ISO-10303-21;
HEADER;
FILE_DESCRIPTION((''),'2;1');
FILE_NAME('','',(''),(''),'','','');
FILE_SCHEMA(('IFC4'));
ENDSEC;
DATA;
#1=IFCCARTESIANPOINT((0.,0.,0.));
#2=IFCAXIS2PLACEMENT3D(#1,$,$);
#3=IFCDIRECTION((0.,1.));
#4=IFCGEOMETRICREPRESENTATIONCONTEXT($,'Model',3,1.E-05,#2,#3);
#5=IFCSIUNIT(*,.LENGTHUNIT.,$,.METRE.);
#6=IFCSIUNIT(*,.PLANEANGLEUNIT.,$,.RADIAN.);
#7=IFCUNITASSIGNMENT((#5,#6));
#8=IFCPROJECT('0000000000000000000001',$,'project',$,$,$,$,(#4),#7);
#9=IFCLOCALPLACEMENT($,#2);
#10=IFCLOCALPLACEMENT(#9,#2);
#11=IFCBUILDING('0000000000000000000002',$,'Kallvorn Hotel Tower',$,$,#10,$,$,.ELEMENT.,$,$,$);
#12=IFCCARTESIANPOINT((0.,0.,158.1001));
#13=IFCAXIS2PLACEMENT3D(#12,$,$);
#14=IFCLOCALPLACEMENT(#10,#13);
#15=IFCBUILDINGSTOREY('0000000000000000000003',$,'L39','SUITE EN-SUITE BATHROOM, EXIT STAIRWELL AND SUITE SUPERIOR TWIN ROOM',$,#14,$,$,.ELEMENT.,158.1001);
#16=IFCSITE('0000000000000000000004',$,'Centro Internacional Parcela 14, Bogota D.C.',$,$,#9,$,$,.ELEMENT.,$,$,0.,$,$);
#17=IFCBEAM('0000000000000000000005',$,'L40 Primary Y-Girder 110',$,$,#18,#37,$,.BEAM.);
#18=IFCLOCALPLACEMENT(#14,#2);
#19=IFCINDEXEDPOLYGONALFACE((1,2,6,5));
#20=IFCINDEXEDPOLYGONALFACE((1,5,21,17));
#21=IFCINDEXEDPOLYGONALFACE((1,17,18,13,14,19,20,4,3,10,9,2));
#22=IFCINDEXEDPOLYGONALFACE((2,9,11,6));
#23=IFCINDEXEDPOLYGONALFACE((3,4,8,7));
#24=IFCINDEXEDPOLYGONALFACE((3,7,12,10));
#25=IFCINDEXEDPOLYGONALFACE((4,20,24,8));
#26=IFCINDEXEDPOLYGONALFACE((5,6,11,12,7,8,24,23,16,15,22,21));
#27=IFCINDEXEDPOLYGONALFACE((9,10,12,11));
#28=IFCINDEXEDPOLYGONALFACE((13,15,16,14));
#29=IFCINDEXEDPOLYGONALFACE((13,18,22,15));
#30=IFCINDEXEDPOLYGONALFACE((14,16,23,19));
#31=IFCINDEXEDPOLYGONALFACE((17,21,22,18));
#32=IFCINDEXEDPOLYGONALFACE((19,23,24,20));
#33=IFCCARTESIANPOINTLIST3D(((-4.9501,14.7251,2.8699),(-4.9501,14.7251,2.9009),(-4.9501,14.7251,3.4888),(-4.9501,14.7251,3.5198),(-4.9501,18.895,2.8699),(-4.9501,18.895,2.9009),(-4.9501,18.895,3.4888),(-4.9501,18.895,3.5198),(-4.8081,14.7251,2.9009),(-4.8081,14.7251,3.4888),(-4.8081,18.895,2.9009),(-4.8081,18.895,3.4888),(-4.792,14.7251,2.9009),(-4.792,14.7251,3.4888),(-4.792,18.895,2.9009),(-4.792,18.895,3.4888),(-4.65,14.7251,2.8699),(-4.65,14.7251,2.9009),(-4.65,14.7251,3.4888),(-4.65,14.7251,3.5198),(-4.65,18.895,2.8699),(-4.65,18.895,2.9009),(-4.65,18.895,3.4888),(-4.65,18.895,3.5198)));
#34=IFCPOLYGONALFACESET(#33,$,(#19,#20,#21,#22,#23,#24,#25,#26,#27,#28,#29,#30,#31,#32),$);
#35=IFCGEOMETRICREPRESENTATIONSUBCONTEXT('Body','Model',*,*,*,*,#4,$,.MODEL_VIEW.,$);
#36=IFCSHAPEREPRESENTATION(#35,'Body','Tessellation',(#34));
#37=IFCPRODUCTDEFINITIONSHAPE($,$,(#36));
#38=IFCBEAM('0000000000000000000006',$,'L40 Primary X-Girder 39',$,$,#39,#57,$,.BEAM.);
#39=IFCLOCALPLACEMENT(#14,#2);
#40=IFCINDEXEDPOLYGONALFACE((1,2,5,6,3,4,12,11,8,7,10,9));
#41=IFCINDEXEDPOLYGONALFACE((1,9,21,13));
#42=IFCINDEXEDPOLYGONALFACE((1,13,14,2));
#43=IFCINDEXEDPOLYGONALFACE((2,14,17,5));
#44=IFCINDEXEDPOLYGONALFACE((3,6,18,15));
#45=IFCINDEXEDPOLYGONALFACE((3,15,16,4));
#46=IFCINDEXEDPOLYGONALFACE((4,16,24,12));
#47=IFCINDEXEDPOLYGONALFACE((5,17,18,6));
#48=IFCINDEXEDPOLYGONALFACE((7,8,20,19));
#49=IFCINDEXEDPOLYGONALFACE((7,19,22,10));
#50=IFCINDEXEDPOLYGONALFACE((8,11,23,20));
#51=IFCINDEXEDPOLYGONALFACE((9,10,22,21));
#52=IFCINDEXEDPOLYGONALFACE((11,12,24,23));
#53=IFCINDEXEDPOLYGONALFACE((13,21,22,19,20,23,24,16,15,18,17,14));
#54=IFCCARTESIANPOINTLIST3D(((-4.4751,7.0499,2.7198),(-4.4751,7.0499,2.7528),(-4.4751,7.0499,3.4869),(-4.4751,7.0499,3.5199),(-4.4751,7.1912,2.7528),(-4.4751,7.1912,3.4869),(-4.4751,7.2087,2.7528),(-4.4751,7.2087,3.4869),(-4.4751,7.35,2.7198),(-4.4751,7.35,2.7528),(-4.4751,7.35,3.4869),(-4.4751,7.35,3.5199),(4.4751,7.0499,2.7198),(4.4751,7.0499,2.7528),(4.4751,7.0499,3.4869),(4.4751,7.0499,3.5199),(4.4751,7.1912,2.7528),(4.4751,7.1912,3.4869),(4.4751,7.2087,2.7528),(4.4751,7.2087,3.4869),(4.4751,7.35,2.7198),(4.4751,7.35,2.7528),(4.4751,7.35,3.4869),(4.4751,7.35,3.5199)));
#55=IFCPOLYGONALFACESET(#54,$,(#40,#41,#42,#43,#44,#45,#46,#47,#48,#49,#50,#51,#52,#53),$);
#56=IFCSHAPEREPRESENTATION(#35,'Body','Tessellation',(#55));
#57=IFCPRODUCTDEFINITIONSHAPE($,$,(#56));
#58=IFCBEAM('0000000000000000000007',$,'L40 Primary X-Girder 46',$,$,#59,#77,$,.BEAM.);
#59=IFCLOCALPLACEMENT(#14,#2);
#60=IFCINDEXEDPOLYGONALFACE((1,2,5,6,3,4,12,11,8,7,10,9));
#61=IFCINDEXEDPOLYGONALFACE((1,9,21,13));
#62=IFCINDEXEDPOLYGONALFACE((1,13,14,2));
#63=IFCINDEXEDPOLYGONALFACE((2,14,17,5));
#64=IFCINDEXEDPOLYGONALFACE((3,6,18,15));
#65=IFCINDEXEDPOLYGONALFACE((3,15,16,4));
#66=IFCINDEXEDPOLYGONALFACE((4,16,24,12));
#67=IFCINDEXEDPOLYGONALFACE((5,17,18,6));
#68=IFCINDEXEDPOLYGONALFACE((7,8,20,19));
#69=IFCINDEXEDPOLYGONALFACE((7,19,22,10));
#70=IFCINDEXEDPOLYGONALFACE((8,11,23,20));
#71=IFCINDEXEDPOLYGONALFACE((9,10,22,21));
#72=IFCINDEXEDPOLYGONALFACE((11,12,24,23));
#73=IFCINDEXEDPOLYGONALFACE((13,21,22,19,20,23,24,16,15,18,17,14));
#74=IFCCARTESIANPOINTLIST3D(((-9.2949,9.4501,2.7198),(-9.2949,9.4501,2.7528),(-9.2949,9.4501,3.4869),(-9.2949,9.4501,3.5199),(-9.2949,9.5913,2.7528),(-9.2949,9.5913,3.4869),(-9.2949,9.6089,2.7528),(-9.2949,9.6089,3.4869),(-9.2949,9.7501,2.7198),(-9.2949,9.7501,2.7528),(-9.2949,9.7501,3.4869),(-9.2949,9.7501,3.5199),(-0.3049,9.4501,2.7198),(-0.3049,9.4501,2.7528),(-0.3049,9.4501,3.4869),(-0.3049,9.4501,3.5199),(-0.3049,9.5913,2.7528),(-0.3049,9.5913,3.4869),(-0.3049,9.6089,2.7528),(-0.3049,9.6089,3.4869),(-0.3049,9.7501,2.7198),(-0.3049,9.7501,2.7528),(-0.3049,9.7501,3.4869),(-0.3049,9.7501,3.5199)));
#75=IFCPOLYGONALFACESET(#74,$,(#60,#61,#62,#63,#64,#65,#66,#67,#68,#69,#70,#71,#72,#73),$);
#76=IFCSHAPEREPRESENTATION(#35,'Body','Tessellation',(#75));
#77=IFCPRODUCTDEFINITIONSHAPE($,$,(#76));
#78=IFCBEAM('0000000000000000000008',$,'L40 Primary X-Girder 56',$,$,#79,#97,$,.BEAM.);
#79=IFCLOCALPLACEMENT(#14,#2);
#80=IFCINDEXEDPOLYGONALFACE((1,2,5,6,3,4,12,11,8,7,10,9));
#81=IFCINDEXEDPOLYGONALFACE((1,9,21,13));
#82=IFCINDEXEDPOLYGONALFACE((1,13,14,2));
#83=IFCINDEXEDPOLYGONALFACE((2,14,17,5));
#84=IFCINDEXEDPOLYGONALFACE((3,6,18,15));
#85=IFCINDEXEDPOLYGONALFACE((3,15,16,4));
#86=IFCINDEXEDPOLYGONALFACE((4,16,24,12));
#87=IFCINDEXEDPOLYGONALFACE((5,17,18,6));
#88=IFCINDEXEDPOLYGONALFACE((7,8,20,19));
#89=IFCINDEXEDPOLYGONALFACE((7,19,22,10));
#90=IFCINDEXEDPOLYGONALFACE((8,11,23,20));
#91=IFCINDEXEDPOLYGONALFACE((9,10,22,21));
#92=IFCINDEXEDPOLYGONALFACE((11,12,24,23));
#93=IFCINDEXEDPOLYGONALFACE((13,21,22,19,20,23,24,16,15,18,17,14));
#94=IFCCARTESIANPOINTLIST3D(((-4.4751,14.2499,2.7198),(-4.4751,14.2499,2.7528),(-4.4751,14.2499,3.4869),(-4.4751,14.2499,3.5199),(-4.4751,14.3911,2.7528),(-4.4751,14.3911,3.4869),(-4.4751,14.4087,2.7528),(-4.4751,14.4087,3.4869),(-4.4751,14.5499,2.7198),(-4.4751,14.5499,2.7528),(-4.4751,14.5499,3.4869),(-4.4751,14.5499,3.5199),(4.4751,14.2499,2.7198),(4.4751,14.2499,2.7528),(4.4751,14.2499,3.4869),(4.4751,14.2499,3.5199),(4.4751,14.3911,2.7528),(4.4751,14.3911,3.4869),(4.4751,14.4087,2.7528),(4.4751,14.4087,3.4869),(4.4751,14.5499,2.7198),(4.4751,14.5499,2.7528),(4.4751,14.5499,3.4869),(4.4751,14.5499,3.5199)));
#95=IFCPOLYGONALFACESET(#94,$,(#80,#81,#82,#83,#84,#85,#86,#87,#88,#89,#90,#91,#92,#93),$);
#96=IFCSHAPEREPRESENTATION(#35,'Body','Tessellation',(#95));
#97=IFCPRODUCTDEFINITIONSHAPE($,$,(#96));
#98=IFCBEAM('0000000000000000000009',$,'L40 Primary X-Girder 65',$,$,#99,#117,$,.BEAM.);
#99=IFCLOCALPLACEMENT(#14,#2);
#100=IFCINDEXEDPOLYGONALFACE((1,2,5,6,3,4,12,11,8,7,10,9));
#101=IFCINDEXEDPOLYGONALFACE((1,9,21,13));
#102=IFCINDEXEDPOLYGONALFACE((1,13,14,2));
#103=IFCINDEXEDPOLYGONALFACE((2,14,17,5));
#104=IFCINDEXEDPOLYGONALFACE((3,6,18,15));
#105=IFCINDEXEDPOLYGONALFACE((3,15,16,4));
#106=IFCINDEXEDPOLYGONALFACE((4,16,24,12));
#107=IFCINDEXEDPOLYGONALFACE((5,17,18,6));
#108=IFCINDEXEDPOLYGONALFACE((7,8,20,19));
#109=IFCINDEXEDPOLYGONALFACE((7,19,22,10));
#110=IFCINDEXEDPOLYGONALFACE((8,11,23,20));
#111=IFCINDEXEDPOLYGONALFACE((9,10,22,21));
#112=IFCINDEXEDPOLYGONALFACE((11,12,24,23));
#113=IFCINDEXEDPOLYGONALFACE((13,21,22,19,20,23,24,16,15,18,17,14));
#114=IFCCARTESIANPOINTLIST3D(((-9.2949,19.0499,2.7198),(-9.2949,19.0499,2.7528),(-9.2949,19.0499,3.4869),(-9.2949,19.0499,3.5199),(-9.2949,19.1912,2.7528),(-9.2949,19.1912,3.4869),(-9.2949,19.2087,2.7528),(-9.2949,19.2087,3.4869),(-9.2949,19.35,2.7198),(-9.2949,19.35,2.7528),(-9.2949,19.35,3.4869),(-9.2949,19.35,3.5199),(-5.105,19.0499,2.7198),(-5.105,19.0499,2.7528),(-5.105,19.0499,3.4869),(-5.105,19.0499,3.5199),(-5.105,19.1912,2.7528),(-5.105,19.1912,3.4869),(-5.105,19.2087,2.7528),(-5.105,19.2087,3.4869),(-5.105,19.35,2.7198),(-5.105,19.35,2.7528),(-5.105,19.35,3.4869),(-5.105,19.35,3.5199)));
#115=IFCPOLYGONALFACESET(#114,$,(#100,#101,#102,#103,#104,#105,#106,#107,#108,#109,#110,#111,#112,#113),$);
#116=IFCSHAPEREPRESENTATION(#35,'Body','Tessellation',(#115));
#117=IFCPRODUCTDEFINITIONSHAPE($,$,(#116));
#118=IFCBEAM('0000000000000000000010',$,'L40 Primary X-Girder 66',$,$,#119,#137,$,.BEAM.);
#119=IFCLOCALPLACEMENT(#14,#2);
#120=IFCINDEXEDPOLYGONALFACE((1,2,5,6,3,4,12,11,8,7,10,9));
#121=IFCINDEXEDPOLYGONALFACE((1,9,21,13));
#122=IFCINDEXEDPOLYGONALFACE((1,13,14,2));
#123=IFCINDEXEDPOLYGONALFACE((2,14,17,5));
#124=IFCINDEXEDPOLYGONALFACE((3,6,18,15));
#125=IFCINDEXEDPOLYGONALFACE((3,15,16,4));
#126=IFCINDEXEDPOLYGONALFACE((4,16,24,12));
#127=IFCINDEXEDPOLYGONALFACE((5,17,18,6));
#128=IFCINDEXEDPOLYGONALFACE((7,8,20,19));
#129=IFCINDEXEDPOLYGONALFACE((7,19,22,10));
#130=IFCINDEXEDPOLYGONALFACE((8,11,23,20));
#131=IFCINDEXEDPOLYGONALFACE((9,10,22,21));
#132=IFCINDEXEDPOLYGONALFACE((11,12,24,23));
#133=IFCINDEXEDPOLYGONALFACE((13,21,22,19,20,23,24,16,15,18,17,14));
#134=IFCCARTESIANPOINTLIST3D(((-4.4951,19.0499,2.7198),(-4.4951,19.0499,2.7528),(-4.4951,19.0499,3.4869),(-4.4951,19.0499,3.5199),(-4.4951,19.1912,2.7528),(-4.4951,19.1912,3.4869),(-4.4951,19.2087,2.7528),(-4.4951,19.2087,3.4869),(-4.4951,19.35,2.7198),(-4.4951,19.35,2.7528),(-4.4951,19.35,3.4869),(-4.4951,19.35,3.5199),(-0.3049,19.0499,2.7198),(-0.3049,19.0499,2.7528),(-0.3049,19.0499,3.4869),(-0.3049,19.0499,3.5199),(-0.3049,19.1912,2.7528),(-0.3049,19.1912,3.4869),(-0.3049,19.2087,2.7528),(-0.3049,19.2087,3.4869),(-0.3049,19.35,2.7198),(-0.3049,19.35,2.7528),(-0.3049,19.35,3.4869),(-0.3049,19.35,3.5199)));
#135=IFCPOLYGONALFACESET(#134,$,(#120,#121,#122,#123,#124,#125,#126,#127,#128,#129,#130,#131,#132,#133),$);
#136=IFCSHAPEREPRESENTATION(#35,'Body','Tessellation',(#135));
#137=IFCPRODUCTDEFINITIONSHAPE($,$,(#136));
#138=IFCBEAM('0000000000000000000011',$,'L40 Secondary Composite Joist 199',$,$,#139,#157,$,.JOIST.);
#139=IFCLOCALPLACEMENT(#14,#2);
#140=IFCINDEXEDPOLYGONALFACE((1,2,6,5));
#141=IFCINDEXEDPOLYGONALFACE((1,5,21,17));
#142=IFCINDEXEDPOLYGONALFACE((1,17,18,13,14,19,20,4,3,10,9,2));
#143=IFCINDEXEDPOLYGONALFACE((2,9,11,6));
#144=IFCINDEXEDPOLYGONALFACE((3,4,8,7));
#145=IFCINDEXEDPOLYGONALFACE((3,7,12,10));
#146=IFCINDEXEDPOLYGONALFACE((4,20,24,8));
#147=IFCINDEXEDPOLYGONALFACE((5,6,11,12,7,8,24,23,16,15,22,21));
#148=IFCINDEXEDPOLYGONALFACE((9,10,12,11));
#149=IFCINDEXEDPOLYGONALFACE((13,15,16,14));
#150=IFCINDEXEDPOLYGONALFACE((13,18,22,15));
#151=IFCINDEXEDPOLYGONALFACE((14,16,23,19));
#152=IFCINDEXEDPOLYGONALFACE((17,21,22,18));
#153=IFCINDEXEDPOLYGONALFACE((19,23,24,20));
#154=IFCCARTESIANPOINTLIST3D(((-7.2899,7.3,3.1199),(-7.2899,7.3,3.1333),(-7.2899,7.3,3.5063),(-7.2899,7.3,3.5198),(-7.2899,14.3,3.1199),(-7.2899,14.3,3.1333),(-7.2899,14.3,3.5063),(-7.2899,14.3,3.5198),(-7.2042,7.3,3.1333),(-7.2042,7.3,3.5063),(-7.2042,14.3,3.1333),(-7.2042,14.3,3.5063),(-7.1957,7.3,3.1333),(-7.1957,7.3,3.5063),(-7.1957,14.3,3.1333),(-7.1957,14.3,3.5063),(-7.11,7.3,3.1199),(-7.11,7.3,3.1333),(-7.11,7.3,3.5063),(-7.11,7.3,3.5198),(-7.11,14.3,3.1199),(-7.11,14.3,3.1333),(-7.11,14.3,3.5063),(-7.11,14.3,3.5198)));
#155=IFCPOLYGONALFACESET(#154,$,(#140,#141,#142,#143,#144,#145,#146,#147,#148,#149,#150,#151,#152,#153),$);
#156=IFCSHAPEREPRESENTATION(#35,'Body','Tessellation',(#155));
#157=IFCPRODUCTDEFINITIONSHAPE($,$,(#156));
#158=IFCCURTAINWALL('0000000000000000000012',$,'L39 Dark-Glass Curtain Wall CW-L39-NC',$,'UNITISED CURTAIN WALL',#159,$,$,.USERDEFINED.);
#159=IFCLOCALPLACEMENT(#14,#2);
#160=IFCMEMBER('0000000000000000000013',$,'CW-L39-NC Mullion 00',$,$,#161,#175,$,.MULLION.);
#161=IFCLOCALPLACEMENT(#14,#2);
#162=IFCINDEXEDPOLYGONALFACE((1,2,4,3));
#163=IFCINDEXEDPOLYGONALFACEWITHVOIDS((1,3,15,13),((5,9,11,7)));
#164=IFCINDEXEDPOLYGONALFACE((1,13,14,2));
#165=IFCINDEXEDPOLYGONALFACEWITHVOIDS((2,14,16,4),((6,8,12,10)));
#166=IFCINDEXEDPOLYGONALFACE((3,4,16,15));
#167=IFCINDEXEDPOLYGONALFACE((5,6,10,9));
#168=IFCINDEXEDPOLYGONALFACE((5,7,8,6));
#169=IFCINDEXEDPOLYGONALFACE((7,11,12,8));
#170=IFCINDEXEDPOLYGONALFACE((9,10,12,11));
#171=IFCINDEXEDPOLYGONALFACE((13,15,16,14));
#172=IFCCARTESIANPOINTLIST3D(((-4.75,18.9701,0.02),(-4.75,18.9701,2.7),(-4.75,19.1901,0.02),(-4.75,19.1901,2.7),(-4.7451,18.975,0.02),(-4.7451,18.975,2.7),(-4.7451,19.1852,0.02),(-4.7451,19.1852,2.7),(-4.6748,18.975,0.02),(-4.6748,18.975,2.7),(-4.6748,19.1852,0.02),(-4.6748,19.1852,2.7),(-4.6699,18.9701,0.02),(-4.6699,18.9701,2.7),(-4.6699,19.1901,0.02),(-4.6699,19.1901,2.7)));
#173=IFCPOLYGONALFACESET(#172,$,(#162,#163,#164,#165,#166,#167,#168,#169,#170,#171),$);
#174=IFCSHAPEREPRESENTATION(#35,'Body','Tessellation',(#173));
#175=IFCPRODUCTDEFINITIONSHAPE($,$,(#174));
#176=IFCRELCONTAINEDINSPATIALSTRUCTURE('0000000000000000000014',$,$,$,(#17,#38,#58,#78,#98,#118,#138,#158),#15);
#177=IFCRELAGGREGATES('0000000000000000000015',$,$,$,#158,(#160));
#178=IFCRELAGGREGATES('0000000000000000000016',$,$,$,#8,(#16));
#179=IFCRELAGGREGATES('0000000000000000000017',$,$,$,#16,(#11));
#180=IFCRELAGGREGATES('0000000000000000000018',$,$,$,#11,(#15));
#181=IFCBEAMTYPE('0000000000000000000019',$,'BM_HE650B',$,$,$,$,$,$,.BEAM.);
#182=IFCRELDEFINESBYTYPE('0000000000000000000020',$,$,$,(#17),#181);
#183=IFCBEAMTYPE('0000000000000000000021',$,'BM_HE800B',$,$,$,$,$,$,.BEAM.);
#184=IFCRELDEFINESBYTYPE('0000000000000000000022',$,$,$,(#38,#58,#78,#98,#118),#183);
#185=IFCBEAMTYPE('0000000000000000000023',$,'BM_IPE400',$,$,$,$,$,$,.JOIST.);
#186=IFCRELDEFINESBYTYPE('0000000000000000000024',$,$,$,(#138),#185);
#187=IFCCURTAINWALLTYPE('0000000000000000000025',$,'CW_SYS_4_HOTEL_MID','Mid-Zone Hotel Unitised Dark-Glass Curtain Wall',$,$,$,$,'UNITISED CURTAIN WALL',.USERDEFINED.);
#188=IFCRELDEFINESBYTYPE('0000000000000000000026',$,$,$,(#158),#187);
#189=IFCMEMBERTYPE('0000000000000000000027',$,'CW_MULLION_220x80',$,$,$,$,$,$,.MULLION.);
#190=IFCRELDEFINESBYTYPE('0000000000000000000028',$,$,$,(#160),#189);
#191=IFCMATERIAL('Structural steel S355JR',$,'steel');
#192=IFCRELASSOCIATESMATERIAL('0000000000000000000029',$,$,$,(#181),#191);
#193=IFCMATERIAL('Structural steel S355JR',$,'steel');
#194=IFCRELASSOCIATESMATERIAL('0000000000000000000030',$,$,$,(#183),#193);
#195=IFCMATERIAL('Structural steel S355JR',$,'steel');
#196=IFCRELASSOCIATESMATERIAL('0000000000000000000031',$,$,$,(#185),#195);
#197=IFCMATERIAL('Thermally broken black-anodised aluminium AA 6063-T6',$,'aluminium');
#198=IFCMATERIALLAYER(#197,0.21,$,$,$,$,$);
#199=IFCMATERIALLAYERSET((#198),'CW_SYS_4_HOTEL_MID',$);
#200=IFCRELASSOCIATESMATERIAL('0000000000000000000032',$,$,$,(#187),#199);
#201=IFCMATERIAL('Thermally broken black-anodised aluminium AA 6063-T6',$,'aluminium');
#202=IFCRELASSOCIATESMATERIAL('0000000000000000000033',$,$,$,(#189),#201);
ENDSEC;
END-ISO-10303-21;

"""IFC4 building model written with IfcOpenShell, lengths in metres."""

from ifc_helpers import new_model, si_unit, direction, frame, origin, origin_2d, place, context, subcontext, project, spatial, hollow_rectangle, i_section, extrude, material, layer, layer_set, material_profile, profile_set, type_object, element, aggregate, save


model = new_model("IFC4")

# Units and contexts
model_context = context("Model", 3, precision=1e-05, world=origin(), true_north=direction((0.0, 1.0)))
body_context = subcontext(model_context, "Body", "Model", "MODEL_VIEW")
ifc_project = project(units=[si_unit("LENGTHUNIT", "METRE"), si_unit("PLANEANGLEUNIT", "RADIAN")], contexts=[model_context])

# Site, building, storey
site_placement = place(None, origin())
site = spatial("IfcSite", under=ifc_project, at=site_placement, Name="Centro Internacional Parcela 14, Bogota D.C.", CompositionType="ELEMENT", RefElevation=0.0)
building_placement = place(site_placement, origin())
building = spatial("IfcBuilding", under=site, at=building_placement, Name="Kallvorn Hotel Tower", CompositionType="ELEMENT")
storey_placement = place(building_placement, frame((0.0, 0.0, 158.1001)))
storey = spatial("IfcBuildingStorey", under=building, at=storey_placement, Name="L39", Description="SUITE EN-SUITE BATHROOM, EXIT STAIRWELL AND SUITE SUPERIOR TWIN ROOM", CompositionType="ELEMENT", Elevation=158.1001)

# Beams
ifc_material_1 = material(Name="Structural steel S355JR", Category="steel")
ifc_material_profile_1 = material_profile(ifc_material_1, i_section(OverallWidth=0.3, OverallDepth=0.6499, WebThickness=0.0161, FlangeThickness=0.031, at=origin_2d()), Name="HE 650 B")
ifc_profile_set_1 = profile_set([ifc_material_profile_1], Name="Structural steel S355JR")
beam_type_1 = type_object("IfcBeamType", Name="BM_HE650B", PredefinedType="BEAM", material=ifc_profile_set_1)
beam_1_placement = place(storey_placement, frame((-4.8, 14.7251, 3.1948), z_axis=(0.0, 1.0, 0.0), x_axis=(-1.0, 0.0, 0.0)))
element("IfcBeam", 1, at=beam_1_placement, inside=storey, type_object=beam_type_1, Name="L40 Primary Y-Girder 110", PredefinedType="BEAM", context=body_context, shape_type="SweptSolid", body=[
    extrude(i_section(OverallWidth=0.3, OverallDepth=0.6499, WebThickness=0.0161, FlangeThickness=0.031, at=origin_2d()), origin(), (0.0, 0.0, 1.0), 4.1699),
])
ifc_material_2 = material(Name="Structural steel S355JR", Category="steel")
ifc_material_profile_2 = material_profile(ifc_material_2, i_section(OverallWidth=0.3, OverallDepth=0.8, WebThickness=0.0176, FlangeThickness=0.033, at=origin_2d()), Name="HE 800 B")
ifc_profile_set_2 = profile_set([ifc_material_profile_2], Name="Structural steel S355JR")
beam_type_2 = type_object("IfcBeamType", Name="BM_HE800B", PredefinedType="BEAM", material=ifc_profile_set_2)
beam_2_placement = place(storey_placement, frame((-4.4751, 7.2, 3.1199), z_axis=(1.0, 0.0, 0.0), x_axis=(0.0, 1.0, 0.0)))
element("IfcBeam", 2, at=beam_2_placement, inside=storey, type_object=beam_type_2, Name="L40 Primary X-Girder 39", PredefinedType="BEAM", context=body_context, shape_type="SweptSolid", body=[
    extrude(i_section(OverallWidth=0.3, OverallDepth=0.8, WebThickness=0.0176, FlangeThickness=0.033, at=origin_2d()), origin(), (0.0, 0.0, 1.0), 8.9502),
])
beam_3_placement = place(storey_placement, frame((-9.2949, 9.6001, 3.1199), z_axis=(1.0, 0.0, 0.0), x_axis=(0.0, 1.0, 0.0)))
element("IfcBeam", 3, at=beam_3_placement, inside=storey, type_object=beam_type_2, Name="L40 Primary X-Girder 46", PredefinedType="BEAM", context=body_context, shape_type="SweptSolid", body=[
    extrude(i_section(OverallWidth=0.3, OverallDepth=0.8, WebThickness=0.0176, FlangeThickness=0.033, at=origin_2d()), origin(), (0.0, 0.0, 1.0), 8.99),
])
beam_4_placement = place(storey_placement, frame((-4.4751, 14.3999, 3.1199), z_axis=(1.0, 0.0, 0.0), x_axis=(0.0, 1.0, 0.0)))
element("IfcBeam", 4, at=beam_4_placement, inside=storey, type_object=beam_type_2, Name="L40 Primary X-Girder 56", PredefinedType="BEAM", context=body_context, shape_type="SweptSolid", body=[
    extrude(i_section(OverallWidth=0.3, OverallDepth=0.8, WebThickness=0.0176, FlangeThickness=0.033, at=origin_2d()), origin(), (0.0, 0.0, 1.0), 8.9502),
])
beam_5_placement = place(storey_placement, frame((-9.2949, 19.2, 3.1199), z_axis=(1.0, 0.0, 0.0), x_axis=(0.0, 1.0, 0.0)))
element("IfcBeam", 5, at=beam_5_placement, inside=storey, type_object=beam_type_2, Name="L40 Primary X-Girder 65", PredefinedType="BEAM", context=body_context, shape_type="SweptSolid", body=[
    extrude(i_section(OverallWidth=0.3, OverallDepth=0.8, WebThickness=0.0176, FlangeThickness=0.033, at=origin_2d()), origin(), (0.0, 0.0, 1.0), 4.1899),
])
beam_6_placement = place(storey_placement, frame((-4.4951, 19.2, 3.1199), z_axis=(1.0, 0.0, 0.0), x_axis=(0.0, 1.0, 0.0)))
element("IfcBeam", 6, at=beam_6_placement, inside=storey, type_object=beam_type_2, Name="L40 Primary X-Girder 66", PredefinedType="BEAM", context=body_context, shape_type="SweptSolid", body=[
    extrude(i_section(OverallWidth=0.3, OverallDepth=0.8, WebThickness=0.0176, FlangeThickness=0.033, at=origin_2d()), origin(), (0.0, 0.0, 1.0), 4.1902),
])
ifc_material_3 = material(Name="Structural steel S355JR", Category="steel")
ifc_material_profile_3 = material_profile(ifc_material_3, i_section(OverallWidth=0.1799, OverallDepth=0.3999, WebThickness=0.0085, FlangeThickness=0.0134, at=origin_2d()), Name="IPE 400")
ifc_profile_set_3 = profile_set([ifc_material_profile_3], Name="Structural steel S355JR")
beam_type_3 = type_object("IfcBeamType", Name="BM_IPE400", PredefinedType="JOIST", material=ifc_profile_set_3)
beam_7_placement = place(storey_placement, frame((-7.2, 7.3, 3.3198), z_axis=(0.0, 1.0, 0.0), x_axis=(-1.0, 0.0, 0.0)))
element("IfcBeam", 7, at=beam_7_placement, inside=storey, type_object=beam_type_3, Name="L40 Secondary Composite Joist 199", PredefinedType="JOIST", context=body_context, shape_type="SweptSolid", body=[
    extrude(i_section(OverallWidth=0.1799, OverallDepth=0.3999, WebThickness=0.0085, FlangeThickness=0.0134, at=origin_2d()), origin(), (0.0, 0.0, 1.0), 7.0),
])

# Curtain wall, member
ifc_material_4 = material(Name="Thermally broken black-anodised aluminium AA 6063-T6", Category="aluminium")
ifc_layer_1 = layer(ifc_material_4, 0.21)
ifc_layer_set_1 = layer_set([ifc_layer_1], Name="CW_SYS_4_HOTEL_MID")
curtain_wall_type = type_object("IfcCurtainWallType", Name="CW_SYS_4_HOTEL_MID", Description="Mid-Zone Hotel Unitised Dark-Glass Curtain Wall", ElementType="UNITISED CURTAIN WALL", PredefinedType="USERDEFINED", material=ifc_layer_set_1)
curtain_wall_placement = place(storey_placement, origin())
curtain_wall = element("IfcCurtainWall", 8, at=curtain_wall_placement, inside=storey, type_object=curtain_wall_type, Name="L39 Dark-Glass Curtain Wall CW-L39-NC", ObjectType="UNITISED CURTAIN WALL", PredefinedType="USERDEFINED")
ifc_material_5 = material(Name="Thermally broken black-anodised aluminium AA 6063-T6", Category="aluminium")
ifc_material_profile_4 = material_profile(ifc_material_5, hollow_rectangle(XDim=0.0801, YDim=0.22, WallThickness=0.0049, at=origin_2d()), Name="MUL 220x80")
ifc_profile_set_4 = profile_set([ifc_material_profile_4], Name="Thermally broken black-anodised aluminium AA 6063-T6")
member_type_1 = type_object("IfcMemberType", Name="CW_MULLION_220x80", PredefinedType="MULLION", material=ifc_profile_set_4)
member_1_placement = place(storey_placement, frame((-4.71, 19.0801, 0.02), z_axis=(0.0, 0.0, 1.0), x_axis=(1.0, 0.0, 0.0)))
member_1 = element("IfcMember", 9, at=member_1_placement, type_object=member_type_1, Name="CW-L39-NC Mullion 00", PredefinedType="MULLION", context=body_context, shape_type="SweptSolid", body=[
    extrude(hollow_rectangle(XDim=0.0801, YDim=0.22, WallThickness=0.0049, at=origin_2d()), origin(), (0.0, 0.0, 1.0), 2.6799),
])
aggregate(curtain_wall, [member_1])

save(model, "model.ifc")
